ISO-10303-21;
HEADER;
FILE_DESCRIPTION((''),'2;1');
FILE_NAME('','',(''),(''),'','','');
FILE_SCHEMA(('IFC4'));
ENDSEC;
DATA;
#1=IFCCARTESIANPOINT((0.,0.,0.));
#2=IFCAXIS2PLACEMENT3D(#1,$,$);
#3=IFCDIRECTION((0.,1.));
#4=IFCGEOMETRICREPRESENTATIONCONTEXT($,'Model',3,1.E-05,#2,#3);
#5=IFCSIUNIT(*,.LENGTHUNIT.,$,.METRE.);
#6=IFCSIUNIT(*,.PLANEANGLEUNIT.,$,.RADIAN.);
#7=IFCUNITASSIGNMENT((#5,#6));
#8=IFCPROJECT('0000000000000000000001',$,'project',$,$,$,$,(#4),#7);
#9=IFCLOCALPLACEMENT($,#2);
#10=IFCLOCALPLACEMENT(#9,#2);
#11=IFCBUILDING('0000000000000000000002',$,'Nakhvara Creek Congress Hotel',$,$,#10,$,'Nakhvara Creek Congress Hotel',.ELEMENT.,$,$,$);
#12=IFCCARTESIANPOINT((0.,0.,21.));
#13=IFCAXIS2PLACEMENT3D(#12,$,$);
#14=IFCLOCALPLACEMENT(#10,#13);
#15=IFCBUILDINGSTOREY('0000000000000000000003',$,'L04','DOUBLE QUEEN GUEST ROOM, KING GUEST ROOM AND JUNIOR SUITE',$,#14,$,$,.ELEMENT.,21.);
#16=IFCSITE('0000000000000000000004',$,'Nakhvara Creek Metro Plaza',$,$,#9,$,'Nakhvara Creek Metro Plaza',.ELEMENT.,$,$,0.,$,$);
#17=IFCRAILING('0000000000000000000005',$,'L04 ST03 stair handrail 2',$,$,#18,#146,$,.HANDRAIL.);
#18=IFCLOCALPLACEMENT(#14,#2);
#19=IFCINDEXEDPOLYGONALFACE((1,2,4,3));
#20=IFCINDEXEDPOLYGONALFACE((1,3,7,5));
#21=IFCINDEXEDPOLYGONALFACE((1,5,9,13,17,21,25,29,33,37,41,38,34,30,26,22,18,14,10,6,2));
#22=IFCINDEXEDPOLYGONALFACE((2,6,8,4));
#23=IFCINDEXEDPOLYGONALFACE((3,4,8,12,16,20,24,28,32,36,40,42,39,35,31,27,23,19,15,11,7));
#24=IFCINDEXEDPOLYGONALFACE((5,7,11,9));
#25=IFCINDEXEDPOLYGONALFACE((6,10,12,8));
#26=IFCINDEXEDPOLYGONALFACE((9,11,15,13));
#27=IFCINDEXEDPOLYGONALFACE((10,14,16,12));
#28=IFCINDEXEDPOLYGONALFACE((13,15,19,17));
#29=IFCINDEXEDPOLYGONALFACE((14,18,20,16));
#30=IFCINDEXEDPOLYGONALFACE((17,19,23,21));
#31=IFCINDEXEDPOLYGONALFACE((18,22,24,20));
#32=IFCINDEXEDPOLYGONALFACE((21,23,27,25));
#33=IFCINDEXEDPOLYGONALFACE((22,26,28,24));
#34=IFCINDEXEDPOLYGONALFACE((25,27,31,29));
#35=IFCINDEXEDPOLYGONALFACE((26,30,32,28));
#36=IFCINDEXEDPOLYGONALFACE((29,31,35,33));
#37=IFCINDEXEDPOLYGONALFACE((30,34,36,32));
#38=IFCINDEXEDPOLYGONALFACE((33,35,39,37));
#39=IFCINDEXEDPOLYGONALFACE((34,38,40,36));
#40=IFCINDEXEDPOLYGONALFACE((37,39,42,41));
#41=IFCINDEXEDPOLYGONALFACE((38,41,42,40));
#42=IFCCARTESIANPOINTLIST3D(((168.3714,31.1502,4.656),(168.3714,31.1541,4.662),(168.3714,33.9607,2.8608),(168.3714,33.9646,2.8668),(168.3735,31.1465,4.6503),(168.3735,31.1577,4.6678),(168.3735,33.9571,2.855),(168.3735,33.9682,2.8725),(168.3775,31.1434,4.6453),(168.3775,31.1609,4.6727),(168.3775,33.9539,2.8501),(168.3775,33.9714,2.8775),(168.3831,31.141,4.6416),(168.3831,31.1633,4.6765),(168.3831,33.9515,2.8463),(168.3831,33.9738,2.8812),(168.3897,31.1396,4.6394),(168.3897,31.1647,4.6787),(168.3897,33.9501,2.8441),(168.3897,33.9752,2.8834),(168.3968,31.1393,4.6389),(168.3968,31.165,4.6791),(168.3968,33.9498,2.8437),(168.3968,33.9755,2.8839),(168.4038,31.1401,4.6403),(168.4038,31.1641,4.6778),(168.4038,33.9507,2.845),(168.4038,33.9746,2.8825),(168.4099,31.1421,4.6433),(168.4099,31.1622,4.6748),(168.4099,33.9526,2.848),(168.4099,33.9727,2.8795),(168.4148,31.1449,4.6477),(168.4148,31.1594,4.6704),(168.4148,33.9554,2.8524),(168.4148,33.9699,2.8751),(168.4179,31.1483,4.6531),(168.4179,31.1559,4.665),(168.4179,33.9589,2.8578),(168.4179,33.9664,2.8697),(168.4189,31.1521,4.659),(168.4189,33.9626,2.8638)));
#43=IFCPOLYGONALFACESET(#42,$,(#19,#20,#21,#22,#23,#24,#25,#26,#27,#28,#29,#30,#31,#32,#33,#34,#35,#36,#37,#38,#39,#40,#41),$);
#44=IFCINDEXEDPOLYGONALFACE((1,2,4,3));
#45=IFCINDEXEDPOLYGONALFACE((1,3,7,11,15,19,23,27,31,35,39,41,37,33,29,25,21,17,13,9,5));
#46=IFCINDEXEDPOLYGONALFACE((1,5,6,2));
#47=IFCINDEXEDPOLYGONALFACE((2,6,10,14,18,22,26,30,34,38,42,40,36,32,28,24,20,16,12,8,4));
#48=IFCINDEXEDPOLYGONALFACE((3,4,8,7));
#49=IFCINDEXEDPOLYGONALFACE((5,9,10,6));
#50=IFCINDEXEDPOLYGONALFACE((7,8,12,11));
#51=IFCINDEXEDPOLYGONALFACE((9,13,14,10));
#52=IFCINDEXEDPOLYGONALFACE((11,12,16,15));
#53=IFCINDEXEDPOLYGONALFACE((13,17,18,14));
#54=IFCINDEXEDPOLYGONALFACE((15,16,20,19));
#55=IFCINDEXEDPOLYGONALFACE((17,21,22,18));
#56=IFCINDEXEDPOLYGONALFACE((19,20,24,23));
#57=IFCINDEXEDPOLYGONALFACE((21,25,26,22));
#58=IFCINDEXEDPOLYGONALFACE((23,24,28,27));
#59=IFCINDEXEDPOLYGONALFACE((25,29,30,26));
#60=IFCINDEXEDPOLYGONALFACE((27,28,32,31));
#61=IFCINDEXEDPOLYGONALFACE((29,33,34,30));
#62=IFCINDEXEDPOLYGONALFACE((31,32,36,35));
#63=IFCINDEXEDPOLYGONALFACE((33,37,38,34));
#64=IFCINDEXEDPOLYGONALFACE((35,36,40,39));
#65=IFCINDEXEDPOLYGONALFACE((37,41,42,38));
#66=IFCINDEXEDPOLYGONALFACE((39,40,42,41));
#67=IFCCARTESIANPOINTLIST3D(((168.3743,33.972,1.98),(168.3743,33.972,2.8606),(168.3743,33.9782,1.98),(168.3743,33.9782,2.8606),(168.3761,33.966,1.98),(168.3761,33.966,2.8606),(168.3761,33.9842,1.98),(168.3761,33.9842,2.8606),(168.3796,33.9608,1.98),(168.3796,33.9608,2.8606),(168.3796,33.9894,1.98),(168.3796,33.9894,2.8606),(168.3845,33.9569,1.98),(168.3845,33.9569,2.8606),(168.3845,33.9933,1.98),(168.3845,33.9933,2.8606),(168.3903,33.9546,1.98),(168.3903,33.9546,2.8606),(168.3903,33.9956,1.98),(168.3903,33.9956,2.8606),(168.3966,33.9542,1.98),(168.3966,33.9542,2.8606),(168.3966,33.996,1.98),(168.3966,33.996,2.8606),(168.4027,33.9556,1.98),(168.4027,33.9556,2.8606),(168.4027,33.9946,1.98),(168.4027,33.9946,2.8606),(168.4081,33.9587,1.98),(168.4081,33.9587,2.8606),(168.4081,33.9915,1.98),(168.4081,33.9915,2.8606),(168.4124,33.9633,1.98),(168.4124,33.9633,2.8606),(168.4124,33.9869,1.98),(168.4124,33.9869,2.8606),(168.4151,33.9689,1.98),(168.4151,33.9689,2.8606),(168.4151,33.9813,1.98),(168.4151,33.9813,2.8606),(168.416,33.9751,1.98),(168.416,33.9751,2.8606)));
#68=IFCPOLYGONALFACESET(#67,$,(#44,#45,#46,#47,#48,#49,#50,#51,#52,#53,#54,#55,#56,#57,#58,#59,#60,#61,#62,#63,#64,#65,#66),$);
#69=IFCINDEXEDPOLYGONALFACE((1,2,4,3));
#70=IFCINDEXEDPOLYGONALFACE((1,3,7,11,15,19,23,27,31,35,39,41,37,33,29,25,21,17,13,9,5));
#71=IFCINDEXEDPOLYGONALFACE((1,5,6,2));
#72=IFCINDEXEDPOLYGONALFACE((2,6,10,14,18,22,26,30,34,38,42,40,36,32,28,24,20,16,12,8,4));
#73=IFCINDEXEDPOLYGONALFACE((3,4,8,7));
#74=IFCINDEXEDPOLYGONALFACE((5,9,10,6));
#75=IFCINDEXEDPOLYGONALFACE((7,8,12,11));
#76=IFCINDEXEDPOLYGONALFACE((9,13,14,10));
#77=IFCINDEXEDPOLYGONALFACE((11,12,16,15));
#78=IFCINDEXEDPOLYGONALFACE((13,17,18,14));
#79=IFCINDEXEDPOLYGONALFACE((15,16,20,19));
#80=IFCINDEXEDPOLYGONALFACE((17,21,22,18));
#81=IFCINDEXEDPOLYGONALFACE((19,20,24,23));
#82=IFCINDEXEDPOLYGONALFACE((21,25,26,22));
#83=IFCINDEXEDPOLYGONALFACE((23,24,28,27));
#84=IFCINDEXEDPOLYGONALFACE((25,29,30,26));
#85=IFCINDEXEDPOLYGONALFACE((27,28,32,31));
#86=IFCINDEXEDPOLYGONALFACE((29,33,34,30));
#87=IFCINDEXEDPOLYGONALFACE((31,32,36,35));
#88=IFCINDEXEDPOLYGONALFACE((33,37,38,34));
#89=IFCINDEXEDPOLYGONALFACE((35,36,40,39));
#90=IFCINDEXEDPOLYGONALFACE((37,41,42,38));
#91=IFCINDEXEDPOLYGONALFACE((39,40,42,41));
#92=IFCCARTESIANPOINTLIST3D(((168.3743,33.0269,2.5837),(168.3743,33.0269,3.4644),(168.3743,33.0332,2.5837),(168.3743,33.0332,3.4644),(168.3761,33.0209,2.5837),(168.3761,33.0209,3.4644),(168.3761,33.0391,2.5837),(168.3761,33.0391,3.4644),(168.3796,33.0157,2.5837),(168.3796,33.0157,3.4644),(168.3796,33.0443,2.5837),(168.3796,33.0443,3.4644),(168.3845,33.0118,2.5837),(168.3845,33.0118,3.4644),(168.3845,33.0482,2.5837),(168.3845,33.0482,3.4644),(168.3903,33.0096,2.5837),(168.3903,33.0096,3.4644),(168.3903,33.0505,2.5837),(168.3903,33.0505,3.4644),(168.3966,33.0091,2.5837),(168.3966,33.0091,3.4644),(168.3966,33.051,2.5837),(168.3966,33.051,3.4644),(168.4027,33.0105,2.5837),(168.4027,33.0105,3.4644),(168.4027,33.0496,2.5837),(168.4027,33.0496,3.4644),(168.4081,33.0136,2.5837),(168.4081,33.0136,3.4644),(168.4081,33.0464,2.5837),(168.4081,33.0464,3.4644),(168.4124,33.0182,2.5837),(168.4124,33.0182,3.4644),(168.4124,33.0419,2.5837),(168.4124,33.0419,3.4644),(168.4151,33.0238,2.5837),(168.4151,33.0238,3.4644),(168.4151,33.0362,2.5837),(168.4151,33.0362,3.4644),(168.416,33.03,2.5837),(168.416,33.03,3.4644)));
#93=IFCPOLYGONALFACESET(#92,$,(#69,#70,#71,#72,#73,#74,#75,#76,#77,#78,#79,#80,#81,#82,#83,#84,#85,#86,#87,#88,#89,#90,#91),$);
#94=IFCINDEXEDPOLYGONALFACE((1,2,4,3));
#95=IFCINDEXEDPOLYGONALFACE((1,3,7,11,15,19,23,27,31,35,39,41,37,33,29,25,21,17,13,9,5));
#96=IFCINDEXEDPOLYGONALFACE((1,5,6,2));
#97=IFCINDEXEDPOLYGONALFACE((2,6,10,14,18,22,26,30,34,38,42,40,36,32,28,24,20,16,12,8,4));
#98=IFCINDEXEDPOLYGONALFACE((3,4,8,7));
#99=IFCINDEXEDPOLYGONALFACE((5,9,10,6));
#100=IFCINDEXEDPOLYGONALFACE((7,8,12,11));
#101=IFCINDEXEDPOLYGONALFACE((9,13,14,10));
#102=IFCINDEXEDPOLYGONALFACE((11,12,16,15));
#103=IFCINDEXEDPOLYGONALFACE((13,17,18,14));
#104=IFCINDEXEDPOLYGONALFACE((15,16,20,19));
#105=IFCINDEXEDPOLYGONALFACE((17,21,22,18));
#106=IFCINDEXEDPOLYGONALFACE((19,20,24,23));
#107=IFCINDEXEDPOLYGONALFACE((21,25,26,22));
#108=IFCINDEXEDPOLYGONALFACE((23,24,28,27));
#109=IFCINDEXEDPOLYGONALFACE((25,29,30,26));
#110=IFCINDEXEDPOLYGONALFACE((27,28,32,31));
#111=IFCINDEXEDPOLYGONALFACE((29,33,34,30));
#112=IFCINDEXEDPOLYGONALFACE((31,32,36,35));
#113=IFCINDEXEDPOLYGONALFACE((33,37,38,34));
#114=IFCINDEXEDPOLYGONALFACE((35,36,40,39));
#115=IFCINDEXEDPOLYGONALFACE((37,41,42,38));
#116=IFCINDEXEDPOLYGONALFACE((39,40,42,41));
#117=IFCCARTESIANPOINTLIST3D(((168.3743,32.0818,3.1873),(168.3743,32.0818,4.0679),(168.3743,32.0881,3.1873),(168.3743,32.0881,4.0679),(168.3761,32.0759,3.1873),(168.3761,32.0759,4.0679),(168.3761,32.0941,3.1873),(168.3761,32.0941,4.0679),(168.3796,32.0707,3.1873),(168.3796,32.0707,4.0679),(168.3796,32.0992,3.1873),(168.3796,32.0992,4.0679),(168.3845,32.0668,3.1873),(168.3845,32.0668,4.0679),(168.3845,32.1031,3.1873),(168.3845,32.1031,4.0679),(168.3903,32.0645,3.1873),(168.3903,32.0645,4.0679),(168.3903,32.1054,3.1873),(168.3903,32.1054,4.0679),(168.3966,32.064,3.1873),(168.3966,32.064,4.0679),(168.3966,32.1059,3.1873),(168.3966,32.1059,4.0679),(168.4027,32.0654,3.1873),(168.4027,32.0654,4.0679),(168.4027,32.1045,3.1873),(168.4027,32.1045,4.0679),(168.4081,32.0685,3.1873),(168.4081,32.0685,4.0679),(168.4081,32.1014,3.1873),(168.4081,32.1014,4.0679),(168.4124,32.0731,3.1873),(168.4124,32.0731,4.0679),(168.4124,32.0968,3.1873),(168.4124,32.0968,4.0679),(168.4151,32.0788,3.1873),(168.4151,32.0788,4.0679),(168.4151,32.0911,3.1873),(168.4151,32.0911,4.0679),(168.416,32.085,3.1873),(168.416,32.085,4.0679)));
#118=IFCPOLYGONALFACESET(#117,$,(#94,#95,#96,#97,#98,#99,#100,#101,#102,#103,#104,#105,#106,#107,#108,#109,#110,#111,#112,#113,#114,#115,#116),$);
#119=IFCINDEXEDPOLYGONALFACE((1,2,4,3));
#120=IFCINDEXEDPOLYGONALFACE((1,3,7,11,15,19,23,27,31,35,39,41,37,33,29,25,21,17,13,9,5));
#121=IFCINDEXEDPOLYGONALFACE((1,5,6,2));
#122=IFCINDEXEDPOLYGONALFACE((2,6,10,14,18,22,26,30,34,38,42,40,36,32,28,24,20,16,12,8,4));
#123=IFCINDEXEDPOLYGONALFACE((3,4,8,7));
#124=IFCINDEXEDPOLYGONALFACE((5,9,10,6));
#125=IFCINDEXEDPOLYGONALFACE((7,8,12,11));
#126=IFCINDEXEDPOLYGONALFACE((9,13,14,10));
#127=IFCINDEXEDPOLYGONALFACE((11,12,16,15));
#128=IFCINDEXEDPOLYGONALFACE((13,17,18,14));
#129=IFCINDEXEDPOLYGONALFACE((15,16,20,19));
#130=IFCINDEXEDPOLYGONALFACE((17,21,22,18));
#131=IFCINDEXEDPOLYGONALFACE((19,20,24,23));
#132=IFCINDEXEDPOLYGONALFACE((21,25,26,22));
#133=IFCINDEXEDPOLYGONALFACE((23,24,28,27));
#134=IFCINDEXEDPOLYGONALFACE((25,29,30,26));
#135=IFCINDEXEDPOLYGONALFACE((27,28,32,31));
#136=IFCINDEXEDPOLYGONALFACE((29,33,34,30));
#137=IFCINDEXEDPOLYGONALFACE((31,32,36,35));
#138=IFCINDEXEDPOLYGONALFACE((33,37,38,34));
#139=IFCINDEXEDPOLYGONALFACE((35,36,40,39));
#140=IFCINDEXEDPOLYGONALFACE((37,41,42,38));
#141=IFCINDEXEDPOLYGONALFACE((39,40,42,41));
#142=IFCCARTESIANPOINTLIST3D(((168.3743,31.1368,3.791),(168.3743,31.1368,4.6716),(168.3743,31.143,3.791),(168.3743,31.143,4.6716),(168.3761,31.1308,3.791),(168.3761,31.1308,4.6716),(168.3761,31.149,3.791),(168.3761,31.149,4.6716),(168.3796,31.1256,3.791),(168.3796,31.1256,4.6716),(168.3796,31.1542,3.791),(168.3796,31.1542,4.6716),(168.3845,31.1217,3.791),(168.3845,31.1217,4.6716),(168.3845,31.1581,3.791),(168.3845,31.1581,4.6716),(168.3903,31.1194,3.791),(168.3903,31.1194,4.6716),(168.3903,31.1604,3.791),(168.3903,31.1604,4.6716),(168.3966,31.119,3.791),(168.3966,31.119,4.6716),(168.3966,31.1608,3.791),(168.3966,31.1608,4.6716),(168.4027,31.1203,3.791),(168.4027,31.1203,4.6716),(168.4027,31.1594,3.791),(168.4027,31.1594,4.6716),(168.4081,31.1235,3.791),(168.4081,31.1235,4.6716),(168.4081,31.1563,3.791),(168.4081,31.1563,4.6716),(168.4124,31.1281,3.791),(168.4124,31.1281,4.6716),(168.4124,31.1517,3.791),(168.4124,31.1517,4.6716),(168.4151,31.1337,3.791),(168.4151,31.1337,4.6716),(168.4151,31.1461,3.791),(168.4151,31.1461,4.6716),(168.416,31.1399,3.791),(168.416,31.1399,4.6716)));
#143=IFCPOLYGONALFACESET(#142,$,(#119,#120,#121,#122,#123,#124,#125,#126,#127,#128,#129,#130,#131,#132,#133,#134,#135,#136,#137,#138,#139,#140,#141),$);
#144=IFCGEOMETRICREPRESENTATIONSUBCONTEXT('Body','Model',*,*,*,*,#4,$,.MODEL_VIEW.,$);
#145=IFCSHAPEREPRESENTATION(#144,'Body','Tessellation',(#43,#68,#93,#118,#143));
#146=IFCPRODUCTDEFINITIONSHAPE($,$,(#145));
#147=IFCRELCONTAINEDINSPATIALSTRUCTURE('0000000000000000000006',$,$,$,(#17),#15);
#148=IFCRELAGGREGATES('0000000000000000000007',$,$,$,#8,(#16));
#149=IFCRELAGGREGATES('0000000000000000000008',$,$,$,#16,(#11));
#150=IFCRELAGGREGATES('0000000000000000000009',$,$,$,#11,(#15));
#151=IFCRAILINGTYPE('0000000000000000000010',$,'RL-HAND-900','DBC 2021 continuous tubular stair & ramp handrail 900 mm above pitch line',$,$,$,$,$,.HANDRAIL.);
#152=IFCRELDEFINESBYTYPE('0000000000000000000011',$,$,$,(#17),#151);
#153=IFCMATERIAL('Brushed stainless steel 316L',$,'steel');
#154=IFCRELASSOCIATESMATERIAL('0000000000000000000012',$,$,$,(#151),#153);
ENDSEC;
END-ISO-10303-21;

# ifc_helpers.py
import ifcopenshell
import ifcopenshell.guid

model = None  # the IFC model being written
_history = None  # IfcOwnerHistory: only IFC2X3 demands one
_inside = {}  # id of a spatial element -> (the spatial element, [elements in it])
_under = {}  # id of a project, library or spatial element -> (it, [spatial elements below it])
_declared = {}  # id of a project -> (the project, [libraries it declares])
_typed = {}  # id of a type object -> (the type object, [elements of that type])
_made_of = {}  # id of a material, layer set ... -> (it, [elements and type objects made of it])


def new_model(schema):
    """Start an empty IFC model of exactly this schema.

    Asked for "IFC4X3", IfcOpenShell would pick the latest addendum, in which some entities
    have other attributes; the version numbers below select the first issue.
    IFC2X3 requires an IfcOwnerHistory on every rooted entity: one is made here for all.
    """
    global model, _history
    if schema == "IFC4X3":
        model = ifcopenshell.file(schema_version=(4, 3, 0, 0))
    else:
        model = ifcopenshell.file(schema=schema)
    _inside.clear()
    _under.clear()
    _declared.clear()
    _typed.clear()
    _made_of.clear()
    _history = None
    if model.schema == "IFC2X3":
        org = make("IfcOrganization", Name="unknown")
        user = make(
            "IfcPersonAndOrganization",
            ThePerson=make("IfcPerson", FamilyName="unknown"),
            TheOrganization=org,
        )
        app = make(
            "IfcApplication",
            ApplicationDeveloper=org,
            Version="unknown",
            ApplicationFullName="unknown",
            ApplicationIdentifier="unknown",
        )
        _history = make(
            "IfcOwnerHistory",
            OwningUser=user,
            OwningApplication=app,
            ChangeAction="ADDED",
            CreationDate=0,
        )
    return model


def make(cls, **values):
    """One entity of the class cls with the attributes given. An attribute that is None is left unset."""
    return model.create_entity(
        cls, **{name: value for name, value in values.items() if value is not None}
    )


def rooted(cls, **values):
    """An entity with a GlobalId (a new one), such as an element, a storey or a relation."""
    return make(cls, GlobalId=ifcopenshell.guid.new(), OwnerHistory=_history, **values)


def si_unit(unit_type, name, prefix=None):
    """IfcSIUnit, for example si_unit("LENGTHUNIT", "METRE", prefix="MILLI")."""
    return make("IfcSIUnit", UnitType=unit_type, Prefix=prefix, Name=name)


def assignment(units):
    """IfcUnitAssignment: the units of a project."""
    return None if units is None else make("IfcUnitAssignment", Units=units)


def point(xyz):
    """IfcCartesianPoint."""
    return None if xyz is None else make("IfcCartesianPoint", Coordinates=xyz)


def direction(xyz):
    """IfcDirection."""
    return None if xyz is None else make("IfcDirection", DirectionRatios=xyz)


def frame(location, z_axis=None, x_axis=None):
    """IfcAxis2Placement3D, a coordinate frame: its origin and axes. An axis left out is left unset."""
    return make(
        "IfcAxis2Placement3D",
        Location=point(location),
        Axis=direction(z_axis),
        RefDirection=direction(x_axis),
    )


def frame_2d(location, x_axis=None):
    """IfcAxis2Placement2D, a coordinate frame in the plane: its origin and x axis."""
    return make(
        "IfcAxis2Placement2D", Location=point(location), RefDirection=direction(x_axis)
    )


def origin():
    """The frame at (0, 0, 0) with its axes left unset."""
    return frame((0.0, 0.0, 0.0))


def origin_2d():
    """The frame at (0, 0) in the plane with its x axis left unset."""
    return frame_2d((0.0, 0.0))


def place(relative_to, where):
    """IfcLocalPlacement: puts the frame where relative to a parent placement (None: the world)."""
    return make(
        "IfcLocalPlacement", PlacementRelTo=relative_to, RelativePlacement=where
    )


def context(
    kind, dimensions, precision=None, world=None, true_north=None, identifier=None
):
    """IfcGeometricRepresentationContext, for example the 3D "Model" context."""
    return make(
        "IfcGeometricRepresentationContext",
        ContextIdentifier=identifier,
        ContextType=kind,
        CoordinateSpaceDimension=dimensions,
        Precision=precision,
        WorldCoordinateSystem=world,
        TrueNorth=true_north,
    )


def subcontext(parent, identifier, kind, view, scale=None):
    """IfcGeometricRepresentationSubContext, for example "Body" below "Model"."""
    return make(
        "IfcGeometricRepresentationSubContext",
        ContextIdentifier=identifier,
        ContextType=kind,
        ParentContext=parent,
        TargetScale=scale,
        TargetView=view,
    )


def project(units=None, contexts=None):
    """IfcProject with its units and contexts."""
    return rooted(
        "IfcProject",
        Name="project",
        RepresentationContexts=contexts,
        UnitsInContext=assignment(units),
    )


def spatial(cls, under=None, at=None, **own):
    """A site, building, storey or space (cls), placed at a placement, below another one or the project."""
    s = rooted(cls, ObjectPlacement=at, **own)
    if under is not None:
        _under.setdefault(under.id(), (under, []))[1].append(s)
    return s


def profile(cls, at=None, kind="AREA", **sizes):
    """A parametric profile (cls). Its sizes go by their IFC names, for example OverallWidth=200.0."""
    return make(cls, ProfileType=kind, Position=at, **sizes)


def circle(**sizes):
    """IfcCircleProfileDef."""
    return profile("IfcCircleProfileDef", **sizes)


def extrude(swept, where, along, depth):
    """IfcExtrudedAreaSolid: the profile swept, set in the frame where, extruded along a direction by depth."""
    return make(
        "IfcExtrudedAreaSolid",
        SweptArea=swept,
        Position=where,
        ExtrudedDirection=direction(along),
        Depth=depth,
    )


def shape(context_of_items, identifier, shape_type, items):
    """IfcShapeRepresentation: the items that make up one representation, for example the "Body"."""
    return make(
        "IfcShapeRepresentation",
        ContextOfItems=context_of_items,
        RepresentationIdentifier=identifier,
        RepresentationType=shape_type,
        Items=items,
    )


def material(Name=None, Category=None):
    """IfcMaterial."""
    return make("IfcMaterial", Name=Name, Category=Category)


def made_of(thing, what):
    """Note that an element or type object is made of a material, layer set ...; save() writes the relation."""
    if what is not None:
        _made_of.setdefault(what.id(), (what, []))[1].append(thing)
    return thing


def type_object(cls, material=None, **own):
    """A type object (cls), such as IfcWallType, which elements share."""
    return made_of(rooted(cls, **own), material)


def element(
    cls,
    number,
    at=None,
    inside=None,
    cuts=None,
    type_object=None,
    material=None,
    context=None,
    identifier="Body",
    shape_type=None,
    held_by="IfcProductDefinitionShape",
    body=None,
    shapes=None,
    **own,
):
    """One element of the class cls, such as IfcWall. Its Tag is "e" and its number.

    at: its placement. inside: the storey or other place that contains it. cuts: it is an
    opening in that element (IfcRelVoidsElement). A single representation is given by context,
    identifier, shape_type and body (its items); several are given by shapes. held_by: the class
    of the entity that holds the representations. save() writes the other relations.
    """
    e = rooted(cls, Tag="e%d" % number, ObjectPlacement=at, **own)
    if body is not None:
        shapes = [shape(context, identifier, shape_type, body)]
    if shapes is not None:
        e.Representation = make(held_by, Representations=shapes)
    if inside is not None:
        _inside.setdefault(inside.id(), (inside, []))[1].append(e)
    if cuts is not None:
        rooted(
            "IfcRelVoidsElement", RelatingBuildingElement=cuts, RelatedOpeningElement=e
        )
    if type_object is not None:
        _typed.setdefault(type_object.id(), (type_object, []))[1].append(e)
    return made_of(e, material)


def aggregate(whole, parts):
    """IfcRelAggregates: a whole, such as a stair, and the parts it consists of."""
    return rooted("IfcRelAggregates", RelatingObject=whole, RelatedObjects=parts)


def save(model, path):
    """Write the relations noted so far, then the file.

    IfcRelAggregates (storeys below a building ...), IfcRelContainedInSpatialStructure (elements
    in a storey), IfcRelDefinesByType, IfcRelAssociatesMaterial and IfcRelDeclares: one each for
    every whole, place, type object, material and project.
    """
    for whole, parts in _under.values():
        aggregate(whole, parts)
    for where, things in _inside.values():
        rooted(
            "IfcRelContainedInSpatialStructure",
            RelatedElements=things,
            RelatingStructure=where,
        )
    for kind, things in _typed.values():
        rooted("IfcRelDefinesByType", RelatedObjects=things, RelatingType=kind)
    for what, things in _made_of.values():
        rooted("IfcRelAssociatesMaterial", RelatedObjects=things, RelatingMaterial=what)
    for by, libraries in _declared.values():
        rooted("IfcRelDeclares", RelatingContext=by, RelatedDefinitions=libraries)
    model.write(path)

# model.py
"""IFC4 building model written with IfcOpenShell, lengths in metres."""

from ifc_helpers import new_model, si_unit, direction, frame, origin, origin_2d, place, context, subcontext, project, spatial, circle, extrude, material, type_object, element, save


model = new_model("IFC4")

# Units and contexts
model_context = context("Model", 3, precision=1e-05, world=origin(), true_north=direction((0.0, 1.0)))
body_context = subcontext(model_context, "Body", "Model", "MODEL_VIEW")
ifc_project = project(units=[si_unit("LENGTHUNIT", "METRE"), si_unit("PLANEANGLEUNIT", "RADIAN")], contexts=[model_context])

# Site, building, storey
site_placement = place(None, origin())
site = spatial("IfcSite", under=ifc_project, at=site_placement, Name="Nakhvara Creek Metro Plaza", LongName="Nakhvara Creek Metro Plaza", CompositionType="ELEMENT", RefElevation=0.0)
building_placement = place(site_placement, origin())
building = spatial("IfcBuilding", under=site, at=building_placement, Name="Nakhvara Creek Congress Hotel", LongName="Nakhvara Creek Congress Hotel", CompositionType="ELEMENT")
storey_placement = place(building_placement, frame((0.0, 0.0, 21.0)))
storey = spatial("IfcBuildingStorey", under=building, at=storey_placement, Name="L04", Description="DOUBLE QUEEN GUEST ROOM, KING GUEST ROOM AND JUNIOR SUITE", CompositionType="ELEMENT", Elevation=21.0)

# Railing
ifc_material_1 = material(Name="Brushed stainless steel 316L", Category="steel")
railing_type_1 = type_object("IfcRailingType", Name="RL-HAND-900", Description="DBC 2021 continuous tubular stair & ramp handrail 900 mm above pitch line", PredefinedType="HANDRAIL", material=ifc_material_1)
railing_1_placement = place(storey_placement, frame((168.395, 33.9751, 1.98)))
element("IfcRailing", 1, at=railing_1_placement, inside=storey, type_object=railing_type_1, Name="L04 ST03 stair handrail 2", PredefinedType="HANDRAIL", context=body_context, shape_type="SweptSolid", body=[
    extrude(circle(Radius=0.0239, at=origin_2d()), frame((0.0, -0.0125, 0.8838), z_axis=(0.0, -0.842743, 0.538316), x_axis=(1.0, 0.0, 0.0)), (0.0, 0.0, 1.0), 3.335),
    extrude(circle(Radius=0.021, at=origin_2d()), origin(), (0.0, 0.0, 1.0), 0.8806),
    extrude(circle(Radius=0.021, at=origin_2d()), frame((0.0, -0.9451, 0.6038)), (0.0, 0.0, 1.0), 0.8806),
    extrude(circle(Radius=0.021, at=origin_2d()), frame((0.0, -1.8901, 1.2073)), (0.0, 0.0, 1.0), 0.8806),
    extrude(circle(Radius=0.021, at=origin_2d()), frame((0.0, -2.8352, 1.811)), (0.0, 0.0, 1.0), 0.8806),
])

save(model, "model.ifc")
